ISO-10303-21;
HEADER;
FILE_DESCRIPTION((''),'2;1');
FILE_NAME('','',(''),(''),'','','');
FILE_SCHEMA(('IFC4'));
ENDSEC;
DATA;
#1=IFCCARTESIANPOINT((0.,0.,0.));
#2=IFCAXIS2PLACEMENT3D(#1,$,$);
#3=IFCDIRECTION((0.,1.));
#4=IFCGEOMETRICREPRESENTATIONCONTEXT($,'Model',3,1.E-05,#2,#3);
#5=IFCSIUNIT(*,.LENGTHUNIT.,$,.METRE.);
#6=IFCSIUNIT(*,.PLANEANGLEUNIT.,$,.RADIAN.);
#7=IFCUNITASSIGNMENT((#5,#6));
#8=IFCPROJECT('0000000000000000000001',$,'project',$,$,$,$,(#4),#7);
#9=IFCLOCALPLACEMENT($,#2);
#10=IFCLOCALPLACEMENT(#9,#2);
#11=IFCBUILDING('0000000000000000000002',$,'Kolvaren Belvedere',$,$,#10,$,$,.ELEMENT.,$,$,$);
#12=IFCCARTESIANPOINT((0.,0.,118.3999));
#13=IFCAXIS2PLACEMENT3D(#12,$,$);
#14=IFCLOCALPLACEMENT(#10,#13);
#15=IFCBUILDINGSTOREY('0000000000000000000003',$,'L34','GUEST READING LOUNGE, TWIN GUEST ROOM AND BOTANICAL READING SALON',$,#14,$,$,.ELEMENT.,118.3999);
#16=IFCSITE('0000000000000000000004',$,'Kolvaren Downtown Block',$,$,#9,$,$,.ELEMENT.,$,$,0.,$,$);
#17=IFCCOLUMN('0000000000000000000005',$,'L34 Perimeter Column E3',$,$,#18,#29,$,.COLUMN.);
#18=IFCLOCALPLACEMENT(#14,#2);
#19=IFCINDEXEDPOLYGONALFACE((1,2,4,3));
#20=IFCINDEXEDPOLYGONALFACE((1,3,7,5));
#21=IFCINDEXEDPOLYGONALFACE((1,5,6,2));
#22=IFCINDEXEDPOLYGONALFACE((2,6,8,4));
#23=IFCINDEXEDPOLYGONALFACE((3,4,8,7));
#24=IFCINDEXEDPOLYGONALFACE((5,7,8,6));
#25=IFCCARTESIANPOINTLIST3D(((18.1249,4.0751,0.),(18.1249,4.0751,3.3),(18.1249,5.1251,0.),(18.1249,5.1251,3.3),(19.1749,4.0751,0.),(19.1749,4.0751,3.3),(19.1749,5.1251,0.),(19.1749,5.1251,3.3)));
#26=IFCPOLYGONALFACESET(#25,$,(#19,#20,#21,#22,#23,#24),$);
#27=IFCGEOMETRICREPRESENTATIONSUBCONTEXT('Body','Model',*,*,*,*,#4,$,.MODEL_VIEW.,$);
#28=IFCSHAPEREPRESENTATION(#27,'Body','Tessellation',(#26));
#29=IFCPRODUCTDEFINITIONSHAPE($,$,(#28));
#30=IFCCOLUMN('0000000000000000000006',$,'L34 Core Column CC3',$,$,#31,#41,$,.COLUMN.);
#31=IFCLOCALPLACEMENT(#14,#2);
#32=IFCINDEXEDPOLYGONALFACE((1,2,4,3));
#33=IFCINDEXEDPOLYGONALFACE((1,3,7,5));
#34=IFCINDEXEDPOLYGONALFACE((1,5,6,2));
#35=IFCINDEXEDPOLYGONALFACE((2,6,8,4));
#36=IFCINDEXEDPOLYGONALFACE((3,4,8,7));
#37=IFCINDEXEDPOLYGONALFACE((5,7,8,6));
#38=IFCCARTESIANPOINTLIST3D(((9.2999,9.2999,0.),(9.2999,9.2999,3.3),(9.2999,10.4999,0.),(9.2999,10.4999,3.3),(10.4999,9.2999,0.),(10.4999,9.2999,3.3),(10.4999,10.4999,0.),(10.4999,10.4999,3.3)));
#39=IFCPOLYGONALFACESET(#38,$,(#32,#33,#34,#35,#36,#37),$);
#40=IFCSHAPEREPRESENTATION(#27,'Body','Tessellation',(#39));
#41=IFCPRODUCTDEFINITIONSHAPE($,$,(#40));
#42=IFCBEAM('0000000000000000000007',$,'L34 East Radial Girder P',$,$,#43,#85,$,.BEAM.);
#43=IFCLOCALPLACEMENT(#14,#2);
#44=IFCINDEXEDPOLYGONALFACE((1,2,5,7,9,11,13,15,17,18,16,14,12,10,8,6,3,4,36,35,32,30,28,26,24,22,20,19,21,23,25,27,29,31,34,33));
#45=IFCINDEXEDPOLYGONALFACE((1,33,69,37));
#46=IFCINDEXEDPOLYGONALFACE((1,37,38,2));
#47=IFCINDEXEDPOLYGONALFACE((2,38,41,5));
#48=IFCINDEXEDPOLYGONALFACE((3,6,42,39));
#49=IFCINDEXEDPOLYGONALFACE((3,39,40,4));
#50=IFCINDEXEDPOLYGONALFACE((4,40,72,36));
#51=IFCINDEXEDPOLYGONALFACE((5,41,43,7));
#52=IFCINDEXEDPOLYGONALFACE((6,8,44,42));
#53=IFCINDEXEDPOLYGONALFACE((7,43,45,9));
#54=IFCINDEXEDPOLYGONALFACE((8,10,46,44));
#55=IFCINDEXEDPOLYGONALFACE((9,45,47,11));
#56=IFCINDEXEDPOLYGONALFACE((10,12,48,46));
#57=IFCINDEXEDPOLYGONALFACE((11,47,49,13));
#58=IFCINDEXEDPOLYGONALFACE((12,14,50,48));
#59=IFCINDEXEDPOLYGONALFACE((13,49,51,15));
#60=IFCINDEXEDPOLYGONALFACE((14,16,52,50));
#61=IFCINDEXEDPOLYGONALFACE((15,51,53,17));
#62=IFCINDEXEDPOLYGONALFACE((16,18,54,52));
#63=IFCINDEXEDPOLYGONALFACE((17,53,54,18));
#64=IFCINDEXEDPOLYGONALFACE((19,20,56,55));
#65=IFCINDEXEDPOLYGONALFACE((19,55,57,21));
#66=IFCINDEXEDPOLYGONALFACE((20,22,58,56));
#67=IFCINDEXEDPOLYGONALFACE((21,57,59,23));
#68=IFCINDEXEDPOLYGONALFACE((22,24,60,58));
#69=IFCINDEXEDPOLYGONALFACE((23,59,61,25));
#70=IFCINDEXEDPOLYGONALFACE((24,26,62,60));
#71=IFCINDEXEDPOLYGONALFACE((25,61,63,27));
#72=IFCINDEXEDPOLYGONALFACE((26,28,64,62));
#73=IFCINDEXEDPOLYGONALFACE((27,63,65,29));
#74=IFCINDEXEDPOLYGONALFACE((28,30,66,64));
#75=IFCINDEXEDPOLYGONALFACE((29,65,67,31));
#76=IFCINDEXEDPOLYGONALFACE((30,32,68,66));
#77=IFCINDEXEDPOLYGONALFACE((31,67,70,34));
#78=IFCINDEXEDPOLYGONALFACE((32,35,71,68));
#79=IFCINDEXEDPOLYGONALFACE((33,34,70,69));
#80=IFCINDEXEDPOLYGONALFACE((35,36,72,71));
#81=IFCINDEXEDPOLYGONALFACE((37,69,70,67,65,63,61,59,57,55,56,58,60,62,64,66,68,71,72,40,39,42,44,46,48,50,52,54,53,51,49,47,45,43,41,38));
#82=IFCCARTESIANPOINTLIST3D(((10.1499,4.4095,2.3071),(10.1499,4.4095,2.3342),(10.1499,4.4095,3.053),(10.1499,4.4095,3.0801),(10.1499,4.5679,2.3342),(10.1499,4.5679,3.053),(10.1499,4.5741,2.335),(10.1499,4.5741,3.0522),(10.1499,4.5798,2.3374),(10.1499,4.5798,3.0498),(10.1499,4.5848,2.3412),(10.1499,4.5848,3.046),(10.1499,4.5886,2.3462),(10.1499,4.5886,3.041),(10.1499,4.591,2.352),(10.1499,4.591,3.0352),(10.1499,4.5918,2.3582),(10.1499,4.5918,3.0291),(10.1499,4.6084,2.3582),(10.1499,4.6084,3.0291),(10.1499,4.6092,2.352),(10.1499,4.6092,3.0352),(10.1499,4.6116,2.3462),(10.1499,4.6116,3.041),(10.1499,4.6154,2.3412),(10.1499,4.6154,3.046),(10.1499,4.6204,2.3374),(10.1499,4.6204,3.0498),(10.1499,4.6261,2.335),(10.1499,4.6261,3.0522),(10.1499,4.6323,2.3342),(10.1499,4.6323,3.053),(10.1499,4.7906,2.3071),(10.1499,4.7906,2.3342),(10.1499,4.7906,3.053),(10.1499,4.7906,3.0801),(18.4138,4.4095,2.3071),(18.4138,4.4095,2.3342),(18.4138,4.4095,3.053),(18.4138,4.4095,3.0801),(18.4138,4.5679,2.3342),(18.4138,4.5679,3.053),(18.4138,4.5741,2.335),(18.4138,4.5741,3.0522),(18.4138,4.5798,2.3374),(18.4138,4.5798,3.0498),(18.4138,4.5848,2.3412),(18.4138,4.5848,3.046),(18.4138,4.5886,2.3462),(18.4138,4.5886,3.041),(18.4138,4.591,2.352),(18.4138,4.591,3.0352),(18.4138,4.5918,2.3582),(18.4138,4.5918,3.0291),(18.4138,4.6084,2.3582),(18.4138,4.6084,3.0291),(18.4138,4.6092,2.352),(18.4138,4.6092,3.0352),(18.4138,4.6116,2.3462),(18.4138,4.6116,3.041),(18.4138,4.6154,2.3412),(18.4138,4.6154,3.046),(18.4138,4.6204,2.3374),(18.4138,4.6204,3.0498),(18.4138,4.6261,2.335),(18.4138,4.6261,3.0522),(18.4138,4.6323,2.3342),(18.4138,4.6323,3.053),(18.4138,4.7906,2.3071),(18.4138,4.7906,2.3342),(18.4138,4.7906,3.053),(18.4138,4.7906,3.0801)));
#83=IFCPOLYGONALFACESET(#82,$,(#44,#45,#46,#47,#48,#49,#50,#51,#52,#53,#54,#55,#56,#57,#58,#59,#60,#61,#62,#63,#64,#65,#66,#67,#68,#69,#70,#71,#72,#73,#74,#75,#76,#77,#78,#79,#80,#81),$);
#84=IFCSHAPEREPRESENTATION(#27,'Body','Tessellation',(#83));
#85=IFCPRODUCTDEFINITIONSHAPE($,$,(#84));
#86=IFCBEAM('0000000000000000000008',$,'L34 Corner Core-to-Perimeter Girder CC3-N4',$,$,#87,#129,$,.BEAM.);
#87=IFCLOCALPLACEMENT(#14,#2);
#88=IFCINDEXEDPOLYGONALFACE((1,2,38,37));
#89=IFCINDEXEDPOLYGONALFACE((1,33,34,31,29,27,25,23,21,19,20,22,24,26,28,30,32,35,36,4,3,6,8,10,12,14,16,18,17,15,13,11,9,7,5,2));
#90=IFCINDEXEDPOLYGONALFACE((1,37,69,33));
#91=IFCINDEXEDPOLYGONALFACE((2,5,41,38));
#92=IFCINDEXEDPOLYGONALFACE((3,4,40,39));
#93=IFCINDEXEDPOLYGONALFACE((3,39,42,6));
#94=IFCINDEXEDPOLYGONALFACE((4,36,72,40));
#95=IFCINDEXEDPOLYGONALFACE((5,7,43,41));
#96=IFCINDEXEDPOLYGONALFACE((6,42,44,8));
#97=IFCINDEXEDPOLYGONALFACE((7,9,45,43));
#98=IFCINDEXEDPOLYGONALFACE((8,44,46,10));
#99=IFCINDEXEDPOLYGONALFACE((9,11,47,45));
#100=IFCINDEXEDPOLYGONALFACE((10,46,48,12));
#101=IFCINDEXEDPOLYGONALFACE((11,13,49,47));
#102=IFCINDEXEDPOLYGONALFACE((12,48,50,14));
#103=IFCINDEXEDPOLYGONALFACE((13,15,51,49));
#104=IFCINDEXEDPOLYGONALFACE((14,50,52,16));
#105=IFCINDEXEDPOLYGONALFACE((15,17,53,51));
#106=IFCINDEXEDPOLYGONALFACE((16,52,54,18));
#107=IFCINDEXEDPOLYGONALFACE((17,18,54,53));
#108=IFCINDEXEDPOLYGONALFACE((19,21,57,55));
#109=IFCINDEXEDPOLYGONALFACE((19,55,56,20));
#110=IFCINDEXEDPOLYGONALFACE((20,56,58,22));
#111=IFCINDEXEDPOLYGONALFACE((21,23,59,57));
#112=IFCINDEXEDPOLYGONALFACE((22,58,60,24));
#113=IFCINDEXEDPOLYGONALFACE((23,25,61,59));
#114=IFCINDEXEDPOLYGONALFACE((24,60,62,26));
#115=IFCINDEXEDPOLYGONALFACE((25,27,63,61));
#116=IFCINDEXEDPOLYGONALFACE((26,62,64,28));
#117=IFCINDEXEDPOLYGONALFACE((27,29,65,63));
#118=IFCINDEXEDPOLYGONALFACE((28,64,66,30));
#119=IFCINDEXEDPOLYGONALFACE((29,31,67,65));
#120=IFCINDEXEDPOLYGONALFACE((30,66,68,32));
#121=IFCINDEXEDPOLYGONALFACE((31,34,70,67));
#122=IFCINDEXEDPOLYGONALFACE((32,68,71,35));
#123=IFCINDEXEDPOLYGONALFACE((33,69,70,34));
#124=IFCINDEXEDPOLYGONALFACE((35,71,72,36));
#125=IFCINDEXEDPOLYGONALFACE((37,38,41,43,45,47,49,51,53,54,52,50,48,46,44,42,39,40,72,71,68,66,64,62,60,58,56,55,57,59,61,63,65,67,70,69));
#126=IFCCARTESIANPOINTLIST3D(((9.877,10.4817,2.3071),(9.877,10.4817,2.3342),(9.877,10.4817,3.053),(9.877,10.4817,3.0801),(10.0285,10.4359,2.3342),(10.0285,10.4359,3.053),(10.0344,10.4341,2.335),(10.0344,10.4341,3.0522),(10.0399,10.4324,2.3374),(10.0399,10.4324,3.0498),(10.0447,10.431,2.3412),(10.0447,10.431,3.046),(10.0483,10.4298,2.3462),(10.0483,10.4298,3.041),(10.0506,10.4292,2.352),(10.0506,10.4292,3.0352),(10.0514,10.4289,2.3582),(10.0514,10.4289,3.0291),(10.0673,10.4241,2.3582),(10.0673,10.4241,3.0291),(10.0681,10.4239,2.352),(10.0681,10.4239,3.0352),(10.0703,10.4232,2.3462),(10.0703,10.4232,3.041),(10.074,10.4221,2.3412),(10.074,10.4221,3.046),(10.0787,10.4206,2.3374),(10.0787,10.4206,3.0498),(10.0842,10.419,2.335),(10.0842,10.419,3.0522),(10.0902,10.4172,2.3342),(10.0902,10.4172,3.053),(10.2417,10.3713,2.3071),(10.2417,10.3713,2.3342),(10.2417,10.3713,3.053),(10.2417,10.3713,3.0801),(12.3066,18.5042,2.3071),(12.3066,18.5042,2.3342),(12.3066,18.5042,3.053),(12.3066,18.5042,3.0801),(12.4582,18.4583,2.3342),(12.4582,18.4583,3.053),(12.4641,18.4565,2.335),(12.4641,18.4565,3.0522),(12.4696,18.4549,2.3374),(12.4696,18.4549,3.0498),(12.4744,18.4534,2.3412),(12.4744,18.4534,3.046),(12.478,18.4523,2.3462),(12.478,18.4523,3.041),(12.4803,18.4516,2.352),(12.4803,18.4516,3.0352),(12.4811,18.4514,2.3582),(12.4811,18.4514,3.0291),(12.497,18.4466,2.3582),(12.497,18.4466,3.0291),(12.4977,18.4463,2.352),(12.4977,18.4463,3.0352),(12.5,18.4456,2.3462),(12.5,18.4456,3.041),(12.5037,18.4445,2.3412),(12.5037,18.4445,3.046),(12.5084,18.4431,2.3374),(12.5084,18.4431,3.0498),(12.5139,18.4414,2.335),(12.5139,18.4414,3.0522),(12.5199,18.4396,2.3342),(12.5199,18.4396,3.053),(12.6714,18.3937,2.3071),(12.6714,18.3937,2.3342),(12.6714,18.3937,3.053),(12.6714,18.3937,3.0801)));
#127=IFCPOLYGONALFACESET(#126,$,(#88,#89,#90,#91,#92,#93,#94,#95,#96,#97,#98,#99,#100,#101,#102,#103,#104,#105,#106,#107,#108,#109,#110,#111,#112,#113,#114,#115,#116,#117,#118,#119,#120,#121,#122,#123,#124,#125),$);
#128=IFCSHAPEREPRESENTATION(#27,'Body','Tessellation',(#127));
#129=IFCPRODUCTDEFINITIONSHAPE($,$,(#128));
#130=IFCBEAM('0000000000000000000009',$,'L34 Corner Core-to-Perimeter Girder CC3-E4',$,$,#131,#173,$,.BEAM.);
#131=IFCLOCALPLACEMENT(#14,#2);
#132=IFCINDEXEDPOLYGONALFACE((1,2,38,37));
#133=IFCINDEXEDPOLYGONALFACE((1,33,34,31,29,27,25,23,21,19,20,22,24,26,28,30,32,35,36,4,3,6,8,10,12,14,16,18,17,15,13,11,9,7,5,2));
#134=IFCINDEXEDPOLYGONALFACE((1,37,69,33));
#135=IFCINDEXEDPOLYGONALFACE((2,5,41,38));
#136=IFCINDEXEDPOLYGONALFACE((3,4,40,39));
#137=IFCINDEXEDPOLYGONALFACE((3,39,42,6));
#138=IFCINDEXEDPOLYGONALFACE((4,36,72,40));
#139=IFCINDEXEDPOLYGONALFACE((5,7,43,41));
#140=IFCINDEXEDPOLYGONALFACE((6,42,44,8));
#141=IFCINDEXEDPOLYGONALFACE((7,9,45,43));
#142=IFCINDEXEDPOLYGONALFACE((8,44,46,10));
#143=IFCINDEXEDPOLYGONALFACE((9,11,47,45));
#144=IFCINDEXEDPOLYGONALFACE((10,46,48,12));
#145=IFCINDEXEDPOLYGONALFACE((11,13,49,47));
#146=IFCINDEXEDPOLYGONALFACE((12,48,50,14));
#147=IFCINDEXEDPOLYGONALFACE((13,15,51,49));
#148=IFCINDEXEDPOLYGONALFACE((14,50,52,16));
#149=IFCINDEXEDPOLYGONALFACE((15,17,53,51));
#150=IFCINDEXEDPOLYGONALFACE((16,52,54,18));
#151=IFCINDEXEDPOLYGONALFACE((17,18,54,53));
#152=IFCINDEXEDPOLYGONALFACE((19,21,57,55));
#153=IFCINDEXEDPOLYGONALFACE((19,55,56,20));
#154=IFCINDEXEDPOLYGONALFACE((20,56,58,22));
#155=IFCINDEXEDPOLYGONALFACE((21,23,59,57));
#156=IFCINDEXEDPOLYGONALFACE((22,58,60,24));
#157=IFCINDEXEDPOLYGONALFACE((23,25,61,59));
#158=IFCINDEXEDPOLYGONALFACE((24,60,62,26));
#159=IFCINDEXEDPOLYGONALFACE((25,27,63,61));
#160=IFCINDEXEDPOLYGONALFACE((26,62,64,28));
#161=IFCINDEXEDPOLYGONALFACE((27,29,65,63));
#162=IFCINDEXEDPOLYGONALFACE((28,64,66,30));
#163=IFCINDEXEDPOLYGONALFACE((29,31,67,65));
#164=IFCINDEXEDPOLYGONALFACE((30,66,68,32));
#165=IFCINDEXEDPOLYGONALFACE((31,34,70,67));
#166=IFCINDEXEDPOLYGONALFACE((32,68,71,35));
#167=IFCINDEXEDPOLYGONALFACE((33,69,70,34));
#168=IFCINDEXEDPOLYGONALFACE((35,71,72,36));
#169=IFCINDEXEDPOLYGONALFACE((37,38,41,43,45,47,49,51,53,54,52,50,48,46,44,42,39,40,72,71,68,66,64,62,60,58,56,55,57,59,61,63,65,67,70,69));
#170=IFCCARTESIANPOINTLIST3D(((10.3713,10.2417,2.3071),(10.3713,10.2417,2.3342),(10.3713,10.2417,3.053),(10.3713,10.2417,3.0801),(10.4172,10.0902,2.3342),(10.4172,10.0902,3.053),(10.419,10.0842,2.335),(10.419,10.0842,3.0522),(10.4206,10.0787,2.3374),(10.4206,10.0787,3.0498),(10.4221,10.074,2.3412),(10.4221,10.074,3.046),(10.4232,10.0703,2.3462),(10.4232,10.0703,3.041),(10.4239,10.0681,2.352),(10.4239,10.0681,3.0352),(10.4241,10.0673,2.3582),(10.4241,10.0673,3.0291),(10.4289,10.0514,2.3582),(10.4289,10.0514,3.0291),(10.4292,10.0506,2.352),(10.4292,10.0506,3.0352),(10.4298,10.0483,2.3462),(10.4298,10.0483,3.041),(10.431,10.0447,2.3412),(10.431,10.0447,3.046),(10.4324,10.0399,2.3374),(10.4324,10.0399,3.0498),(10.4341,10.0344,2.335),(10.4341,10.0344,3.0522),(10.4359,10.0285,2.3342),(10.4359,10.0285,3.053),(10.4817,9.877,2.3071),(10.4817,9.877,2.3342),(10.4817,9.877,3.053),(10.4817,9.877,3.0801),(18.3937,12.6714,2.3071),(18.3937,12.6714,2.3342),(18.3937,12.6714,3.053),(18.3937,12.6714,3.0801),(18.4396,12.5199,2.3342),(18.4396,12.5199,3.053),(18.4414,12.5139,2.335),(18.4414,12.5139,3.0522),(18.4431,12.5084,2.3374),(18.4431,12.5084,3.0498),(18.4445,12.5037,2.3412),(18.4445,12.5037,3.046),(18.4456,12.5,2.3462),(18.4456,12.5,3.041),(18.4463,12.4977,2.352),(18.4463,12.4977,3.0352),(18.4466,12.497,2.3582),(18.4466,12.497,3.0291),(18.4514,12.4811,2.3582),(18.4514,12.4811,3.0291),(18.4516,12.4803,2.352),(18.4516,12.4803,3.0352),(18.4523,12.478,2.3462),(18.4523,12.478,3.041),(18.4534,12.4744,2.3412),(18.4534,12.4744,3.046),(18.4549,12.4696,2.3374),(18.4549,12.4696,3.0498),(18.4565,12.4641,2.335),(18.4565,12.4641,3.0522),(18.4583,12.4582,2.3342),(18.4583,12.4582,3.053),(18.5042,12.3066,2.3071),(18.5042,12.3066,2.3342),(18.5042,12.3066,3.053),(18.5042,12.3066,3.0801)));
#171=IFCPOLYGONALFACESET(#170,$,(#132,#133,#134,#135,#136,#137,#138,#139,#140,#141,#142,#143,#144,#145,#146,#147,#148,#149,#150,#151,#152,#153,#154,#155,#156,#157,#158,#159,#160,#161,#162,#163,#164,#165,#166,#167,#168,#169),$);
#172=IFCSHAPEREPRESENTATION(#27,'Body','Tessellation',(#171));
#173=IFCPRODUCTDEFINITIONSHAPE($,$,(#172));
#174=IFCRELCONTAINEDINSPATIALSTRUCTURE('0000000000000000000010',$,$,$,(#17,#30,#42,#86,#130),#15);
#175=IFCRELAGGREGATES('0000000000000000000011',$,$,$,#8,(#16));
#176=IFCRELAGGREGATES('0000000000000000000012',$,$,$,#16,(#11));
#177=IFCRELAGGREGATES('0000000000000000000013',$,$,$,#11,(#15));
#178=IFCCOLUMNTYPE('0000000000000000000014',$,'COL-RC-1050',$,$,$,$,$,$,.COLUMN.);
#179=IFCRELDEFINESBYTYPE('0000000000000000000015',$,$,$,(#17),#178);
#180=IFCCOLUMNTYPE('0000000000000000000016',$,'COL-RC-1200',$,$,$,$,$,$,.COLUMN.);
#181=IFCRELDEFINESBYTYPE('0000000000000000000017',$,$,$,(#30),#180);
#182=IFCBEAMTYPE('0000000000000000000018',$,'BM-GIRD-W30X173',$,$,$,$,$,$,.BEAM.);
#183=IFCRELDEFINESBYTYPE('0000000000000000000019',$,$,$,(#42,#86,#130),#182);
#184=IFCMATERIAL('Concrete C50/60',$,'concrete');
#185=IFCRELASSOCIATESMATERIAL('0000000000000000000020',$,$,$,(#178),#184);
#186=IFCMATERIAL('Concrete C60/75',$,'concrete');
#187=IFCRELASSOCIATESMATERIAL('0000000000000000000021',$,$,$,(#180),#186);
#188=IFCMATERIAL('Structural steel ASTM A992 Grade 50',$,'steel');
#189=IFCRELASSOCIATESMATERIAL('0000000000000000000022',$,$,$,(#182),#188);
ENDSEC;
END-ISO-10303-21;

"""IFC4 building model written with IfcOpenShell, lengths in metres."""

from ifc_helpers import new_model, si_unit, direction, frame, origin, origin_2d, place, context, subcontext, project, spatial, rectangle, i_section, extrude, material, material_profile, profile_set, type_object, element, save


model = new_model("IFC4")

# Units and contexts
model_context = context("Model", 3, precision=1e-05, world=origin(), true_north=direction((0.0, 1.0)))
body_context = subcontext(model_context, "Body", "Model", "MODEL_VIEW")
ifc_project = project(units=[si_unit("LENGTHUNIT", "METRE"), si_unit("PLANEANGLEUNIT", "RADIAN")], contexts=[model_context])

# Site, building, storey
site_placement = place(None, origin())
site = spatial("IfcSite", under=ifc_project, at=site_placement, Name="Kolvaren Downtown Block", CompositionType="ELEMENT", RefElevation=0.0)
building_placement = place(site_placement, origin())
building = spatial("IfcBuilding", under=site, at=building_placement, Name="Kolvaren Belvedere", CompositionType="ELEMENT")
storey_placement = place(building_placement, frame((0.0, 0.0, 118.3999)))
storey = spatial("IfcBuildingStorey", under=building, at=storey_placement, Name="L34", Description="GUEST READING LOUNGE, TWIN GUEST ROOM AND BOTANICAL READING SALON", CompositionType="ELEMENT", Elevation=118.3999)

# Columns
ifc_material_1 = material(Name="Concrete C50/60", Category="concrete")
ifc_material_profile_1 = material_profile(ifc_material_1, rectangle(XDim=1.05, YDim=1.05, at=origin_2d()), Name="RC 1050X1050")
ifc_profile_set_1 = profile_set([ifc_material_profile_1], Name="Concrete C50/60")
column_type_1 = type_object("IfcColumnType", Name="COL-RC-1050", PredefinedType="COLUMN", material=ifc_profile_set_1)
column_1_placement = place(storey_placement, frame((18.6499, 4.6001, 0.0), z_axis=(0.0, 0.0, 1.0), x_axis=(1.0, 0.0, 0.0)))
element("IfcColumn", 1, at=column_1_placement, inside=storey, type_object=column_type_1, Name="L34 Perimeter Column E3", PredefinedType="COLUMN", context=body_context, shape_type="SweptSolid", body=[
    extrude(rectangle(XDim=1.05, YDim=1.05, at=origin_2d()), origin(), (0.0, 0.0, 1.0), 3.3),
])
ifc_material_2 = material(Name="Concrete C60/75", Category="concrete")
ifc_material_profile_2 = material_profile(ifc_material_2, rectangle(XDim=1.2, YDim=1.2, at=origin_2d()), Name="RC 1200X1200")
ifc_profile_set_2 = profile_set([ifc_material_profile_2], Name="Concrete C60/75")
column_type_2 = type_object("IfcColumnType", Name="COL-RC-1200", PredefinedType="COLUMN", material=ifc_profile_set_2)
column_2_placement = place(storey_placement, frame((9.8999, 9.8999, 0.0), z_axis=(0.0, 0.0, 1.0), x_axis=(1.0, 0.0, 0.0)))
element("IfcColumn", 2, at=column_2_placement, inside=storey, type_object=column_type_2, Name="L34 Core Column CC3", PredefinedType="COLUMN", context=body_context, shape_type="SweptSolid", body=[
    extrude(rectangle(XDim=1.2, YDim=1.2, at=origin_2d()), origin(), (0.0, 0.0, 1.0), 3.3),
])

# Beams
ifc_material_3 = material(Name="Structural steel ASTM A992 Grade 50", Category="steel")
ifc_material_profile_3 = material_profile(ifc_material_3, i_section(OverallWidth=0.3811, OverallDepth=0.7729, WebThickness=0.0166, FlangeThickness=0.0271, FilletRadius=0.0239, at=origin_2d()), Name="W30X173")
ifc_profile_set_3 = profile_set([ifc_material_profile_3], Name="Structural steel ASTM A992 Grade 50")
beam_type_1 = type_object("IfcBeamType", Name="BM-GIRD-W30X173", PredefinedType="BEAM", material=ifc_profile_set_3)
beam_1_placement = place(storey_placement, frame((10.1499, 4.6001, 2.6936), z_axis=(1.0, 0.0, 0.0), x_axis=(0.0, 1.0, 0.0)))
element("IfcBeam", 3, at=beam_1_placement, inside=storey, type_object=beam_type_1, Name="L34 East Radial Girder P", PredefinedType="BEAM", context=body_context, shape_type="SweptSolid", body=[
    extrude(i_section(OverallWidth=0.3811, OverallDepth=0.7729, WebThickness=0.0166, FlangeThickness=0.0271, FilletRadius=0.0239, at=origin_2d()), origin(), (0.0, 0.0, 1.0), 8.2639),
])
for number, where, z_axis, x_axis, name in (
    (4, (10.0593, 10.4265, 2.6936), (0.289859, 0.957069, 0.0), (-0.957069, 0.289859, 0.0), "L34 Corner Core-to-Perimeter Girder CC3-N4"),
    (5, (10.4265, 10.0593, 2.6936), (0.957069, 0.289859, 0.0), (-0.289859, 0.957069, 0.0), "L34 Corner Core-to-Perimeter Girder CC3-E4"),
):
    element("IfcBeam", number, at=place(storey_placement, frame(where, z_axis=z_axis, x_axis=x_axis)), inside=storey, type_object=beam_type_1, Name=name, PredefinedType="BEAM", context=body_context, shape_type="SweptSolid", body=[
        extrude(i_section(OverallWidth=0.3811, OverallDepth=0.7729, WebThickness=0.0166, FlangeThickness=0.0271, FilletRadius=0.0239, at=origin_2d()), origin(), (0.0, 0.0, 1.0), 8.3823),
    ])

save(model, "model.ifc")
